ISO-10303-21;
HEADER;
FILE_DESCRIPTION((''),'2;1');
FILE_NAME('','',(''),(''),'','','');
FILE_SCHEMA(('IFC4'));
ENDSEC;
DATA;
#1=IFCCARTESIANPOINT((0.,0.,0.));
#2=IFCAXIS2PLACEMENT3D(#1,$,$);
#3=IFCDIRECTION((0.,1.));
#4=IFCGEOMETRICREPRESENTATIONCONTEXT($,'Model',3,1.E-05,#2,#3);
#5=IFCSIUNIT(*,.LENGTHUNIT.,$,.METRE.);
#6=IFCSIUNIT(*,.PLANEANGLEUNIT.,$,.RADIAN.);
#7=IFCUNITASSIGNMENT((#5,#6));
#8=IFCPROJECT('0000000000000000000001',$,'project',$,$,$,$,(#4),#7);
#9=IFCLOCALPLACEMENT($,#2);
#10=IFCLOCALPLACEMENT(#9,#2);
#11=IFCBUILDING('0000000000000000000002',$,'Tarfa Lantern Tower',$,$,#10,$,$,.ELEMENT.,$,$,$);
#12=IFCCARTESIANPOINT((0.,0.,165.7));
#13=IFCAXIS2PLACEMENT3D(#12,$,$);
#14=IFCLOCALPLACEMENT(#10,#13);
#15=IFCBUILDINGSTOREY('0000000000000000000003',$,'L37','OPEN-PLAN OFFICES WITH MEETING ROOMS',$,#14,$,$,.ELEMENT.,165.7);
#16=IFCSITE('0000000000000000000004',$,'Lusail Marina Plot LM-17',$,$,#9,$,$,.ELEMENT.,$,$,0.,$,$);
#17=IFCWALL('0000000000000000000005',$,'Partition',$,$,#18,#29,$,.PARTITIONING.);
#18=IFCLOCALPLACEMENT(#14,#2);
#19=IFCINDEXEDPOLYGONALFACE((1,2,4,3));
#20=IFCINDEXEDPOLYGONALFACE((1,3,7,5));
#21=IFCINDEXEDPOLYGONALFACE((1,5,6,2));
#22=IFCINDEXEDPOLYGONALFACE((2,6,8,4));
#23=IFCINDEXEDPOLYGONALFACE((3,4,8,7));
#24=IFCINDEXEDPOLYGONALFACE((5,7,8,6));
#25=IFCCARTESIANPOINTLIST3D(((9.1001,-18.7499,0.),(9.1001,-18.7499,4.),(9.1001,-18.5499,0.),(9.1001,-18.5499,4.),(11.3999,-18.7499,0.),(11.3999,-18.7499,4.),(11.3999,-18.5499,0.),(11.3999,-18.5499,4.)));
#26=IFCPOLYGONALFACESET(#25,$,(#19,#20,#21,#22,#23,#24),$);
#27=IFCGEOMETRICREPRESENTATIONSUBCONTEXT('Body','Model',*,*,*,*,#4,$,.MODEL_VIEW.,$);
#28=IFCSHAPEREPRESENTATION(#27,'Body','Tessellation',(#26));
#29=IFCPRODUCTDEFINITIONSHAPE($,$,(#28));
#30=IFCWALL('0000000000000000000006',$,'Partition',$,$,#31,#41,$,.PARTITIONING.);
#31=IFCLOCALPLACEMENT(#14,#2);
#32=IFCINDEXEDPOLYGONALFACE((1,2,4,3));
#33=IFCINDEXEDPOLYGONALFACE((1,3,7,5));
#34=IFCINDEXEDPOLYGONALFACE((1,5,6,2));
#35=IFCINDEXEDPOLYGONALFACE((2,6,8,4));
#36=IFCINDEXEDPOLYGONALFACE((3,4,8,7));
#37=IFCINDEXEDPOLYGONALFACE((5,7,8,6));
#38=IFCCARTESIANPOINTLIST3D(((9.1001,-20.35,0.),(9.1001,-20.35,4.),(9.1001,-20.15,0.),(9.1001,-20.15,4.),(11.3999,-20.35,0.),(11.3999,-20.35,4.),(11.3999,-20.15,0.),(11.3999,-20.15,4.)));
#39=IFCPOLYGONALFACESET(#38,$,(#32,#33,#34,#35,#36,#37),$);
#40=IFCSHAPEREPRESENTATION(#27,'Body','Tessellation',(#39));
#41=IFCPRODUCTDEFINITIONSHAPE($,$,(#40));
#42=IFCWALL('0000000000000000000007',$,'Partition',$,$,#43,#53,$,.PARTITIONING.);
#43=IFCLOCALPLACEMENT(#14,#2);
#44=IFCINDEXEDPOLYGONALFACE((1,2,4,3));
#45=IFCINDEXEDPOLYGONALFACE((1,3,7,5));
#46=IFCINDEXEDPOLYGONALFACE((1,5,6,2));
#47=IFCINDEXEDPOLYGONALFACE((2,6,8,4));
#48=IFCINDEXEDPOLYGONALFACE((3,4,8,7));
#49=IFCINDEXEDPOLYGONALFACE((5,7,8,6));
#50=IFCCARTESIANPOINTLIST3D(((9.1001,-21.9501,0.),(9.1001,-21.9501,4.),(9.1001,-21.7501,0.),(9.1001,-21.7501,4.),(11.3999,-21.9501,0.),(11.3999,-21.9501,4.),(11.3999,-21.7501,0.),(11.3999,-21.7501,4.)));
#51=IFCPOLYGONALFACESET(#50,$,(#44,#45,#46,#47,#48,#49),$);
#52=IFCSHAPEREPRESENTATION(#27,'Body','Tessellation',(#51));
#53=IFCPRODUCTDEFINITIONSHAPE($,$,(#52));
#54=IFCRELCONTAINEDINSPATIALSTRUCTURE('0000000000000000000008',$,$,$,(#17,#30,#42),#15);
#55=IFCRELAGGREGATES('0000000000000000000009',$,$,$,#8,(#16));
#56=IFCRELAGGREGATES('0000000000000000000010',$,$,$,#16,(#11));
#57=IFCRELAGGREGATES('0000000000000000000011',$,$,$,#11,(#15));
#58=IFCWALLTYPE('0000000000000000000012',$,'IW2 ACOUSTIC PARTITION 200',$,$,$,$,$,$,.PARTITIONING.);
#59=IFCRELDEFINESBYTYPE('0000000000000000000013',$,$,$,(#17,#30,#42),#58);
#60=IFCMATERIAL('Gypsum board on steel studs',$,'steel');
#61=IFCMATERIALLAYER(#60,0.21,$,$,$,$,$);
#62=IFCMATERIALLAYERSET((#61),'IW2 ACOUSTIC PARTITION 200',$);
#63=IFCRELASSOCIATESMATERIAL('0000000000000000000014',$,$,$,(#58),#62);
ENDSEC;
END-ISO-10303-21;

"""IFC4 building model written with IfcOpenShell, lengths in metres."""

from ifc_helpers import new_model, si_unit, direction, frame, frame_2d, origin, place, context, subcontext, project, spatial, rectangle, extrude, material, layer, layer_set, type_object, element, save


model = new_model("IFC4")

# Units and contexts
model_context = context("Model", 3, precision=1e-05, world=origin(), true_north=direction((0.0, 1.0)))
body_context = subcontext(model_context, "Body", "Model", "MODEL_VIEW")
ifc_project = project(units=[si_unit("LENGTHUNIT", "METRE"), si_unit("PLANEANGLEUNIT", "RADIAN")], contexts=[model_context])

# Site, building, storey
site_placement = place(None, origin())
site = spatial("IfcSite", under=ifc_project, at=site_placement, Name="Lusail Marina Plot LM-17", CompositionType="ELEMENT", RefElevation=0.0)
building_placement = place(site_placement, origin())
building = spatial("IfcBuilding", under=site, at=building_placement, Name="Tarfa Lantern Tower", CompositionType="ELEMENT")
storey_placement = place(building_placement, frame((0.0, 0.0, 165.7)))
storey = spatial("IfcBuildingStorey", under=building, at=storey_placement, Name="L37", Description="OPEN-PLAN OFFICES WITH MEETING ROOMS", CompositionType="ELEMENT", Elevation=165.7)

# Walls
ifc_material_1 = material(Name="Gypsum board on steel studs", Category="steel")
ifc_layer_1 = layer(ifc_material_1, 0.21)
ifc_layer_set_1 = layer_set([ifc_layer_1], Name="IW2 ACOUSTIC PARTITION 200")
wall_type_1 = type_object("IfcWallType", Name="IW2 ACOUSTIC PARTITION 200", PredefinedType="PARTITIONING", material=ifc_layer_set_1)
for number, where, z_axis, x_axis, name in (
    (1, (9.1001, -18.6499, 0.0), (0.0, 0.0, 1.0), (1.0, 0.0, 0.0), "Partition"),
    (2, (9.1001, -20.25, 0.0), (0.0, 0.0, 1.0), (1.0, 0.0, 0.0), "Partition"),
    (3, (9.1001, -21.8501, 0.0), (0.0, 0.0, 1.0), (1.0, 0.0, 0.0), "Partition"),
):
    element("IfcWall", number, at=place(storey_placement, frame(where, z_axis=z_axis, x_axis=x_axis)), inside=storey, type_object=wall_type_1, Name=name, PredefinedType="PARTITIONING", context=body_context, shape_type="SweptSolid", body=[
        extrude(rectangle(XDim=2.2998, YDim=0.2, at=frame_2d((1.1499, 0.0))), origin(), (0.0, 0.0, 1.0), 4.0),
    ])

save(model, "model.ifc")
